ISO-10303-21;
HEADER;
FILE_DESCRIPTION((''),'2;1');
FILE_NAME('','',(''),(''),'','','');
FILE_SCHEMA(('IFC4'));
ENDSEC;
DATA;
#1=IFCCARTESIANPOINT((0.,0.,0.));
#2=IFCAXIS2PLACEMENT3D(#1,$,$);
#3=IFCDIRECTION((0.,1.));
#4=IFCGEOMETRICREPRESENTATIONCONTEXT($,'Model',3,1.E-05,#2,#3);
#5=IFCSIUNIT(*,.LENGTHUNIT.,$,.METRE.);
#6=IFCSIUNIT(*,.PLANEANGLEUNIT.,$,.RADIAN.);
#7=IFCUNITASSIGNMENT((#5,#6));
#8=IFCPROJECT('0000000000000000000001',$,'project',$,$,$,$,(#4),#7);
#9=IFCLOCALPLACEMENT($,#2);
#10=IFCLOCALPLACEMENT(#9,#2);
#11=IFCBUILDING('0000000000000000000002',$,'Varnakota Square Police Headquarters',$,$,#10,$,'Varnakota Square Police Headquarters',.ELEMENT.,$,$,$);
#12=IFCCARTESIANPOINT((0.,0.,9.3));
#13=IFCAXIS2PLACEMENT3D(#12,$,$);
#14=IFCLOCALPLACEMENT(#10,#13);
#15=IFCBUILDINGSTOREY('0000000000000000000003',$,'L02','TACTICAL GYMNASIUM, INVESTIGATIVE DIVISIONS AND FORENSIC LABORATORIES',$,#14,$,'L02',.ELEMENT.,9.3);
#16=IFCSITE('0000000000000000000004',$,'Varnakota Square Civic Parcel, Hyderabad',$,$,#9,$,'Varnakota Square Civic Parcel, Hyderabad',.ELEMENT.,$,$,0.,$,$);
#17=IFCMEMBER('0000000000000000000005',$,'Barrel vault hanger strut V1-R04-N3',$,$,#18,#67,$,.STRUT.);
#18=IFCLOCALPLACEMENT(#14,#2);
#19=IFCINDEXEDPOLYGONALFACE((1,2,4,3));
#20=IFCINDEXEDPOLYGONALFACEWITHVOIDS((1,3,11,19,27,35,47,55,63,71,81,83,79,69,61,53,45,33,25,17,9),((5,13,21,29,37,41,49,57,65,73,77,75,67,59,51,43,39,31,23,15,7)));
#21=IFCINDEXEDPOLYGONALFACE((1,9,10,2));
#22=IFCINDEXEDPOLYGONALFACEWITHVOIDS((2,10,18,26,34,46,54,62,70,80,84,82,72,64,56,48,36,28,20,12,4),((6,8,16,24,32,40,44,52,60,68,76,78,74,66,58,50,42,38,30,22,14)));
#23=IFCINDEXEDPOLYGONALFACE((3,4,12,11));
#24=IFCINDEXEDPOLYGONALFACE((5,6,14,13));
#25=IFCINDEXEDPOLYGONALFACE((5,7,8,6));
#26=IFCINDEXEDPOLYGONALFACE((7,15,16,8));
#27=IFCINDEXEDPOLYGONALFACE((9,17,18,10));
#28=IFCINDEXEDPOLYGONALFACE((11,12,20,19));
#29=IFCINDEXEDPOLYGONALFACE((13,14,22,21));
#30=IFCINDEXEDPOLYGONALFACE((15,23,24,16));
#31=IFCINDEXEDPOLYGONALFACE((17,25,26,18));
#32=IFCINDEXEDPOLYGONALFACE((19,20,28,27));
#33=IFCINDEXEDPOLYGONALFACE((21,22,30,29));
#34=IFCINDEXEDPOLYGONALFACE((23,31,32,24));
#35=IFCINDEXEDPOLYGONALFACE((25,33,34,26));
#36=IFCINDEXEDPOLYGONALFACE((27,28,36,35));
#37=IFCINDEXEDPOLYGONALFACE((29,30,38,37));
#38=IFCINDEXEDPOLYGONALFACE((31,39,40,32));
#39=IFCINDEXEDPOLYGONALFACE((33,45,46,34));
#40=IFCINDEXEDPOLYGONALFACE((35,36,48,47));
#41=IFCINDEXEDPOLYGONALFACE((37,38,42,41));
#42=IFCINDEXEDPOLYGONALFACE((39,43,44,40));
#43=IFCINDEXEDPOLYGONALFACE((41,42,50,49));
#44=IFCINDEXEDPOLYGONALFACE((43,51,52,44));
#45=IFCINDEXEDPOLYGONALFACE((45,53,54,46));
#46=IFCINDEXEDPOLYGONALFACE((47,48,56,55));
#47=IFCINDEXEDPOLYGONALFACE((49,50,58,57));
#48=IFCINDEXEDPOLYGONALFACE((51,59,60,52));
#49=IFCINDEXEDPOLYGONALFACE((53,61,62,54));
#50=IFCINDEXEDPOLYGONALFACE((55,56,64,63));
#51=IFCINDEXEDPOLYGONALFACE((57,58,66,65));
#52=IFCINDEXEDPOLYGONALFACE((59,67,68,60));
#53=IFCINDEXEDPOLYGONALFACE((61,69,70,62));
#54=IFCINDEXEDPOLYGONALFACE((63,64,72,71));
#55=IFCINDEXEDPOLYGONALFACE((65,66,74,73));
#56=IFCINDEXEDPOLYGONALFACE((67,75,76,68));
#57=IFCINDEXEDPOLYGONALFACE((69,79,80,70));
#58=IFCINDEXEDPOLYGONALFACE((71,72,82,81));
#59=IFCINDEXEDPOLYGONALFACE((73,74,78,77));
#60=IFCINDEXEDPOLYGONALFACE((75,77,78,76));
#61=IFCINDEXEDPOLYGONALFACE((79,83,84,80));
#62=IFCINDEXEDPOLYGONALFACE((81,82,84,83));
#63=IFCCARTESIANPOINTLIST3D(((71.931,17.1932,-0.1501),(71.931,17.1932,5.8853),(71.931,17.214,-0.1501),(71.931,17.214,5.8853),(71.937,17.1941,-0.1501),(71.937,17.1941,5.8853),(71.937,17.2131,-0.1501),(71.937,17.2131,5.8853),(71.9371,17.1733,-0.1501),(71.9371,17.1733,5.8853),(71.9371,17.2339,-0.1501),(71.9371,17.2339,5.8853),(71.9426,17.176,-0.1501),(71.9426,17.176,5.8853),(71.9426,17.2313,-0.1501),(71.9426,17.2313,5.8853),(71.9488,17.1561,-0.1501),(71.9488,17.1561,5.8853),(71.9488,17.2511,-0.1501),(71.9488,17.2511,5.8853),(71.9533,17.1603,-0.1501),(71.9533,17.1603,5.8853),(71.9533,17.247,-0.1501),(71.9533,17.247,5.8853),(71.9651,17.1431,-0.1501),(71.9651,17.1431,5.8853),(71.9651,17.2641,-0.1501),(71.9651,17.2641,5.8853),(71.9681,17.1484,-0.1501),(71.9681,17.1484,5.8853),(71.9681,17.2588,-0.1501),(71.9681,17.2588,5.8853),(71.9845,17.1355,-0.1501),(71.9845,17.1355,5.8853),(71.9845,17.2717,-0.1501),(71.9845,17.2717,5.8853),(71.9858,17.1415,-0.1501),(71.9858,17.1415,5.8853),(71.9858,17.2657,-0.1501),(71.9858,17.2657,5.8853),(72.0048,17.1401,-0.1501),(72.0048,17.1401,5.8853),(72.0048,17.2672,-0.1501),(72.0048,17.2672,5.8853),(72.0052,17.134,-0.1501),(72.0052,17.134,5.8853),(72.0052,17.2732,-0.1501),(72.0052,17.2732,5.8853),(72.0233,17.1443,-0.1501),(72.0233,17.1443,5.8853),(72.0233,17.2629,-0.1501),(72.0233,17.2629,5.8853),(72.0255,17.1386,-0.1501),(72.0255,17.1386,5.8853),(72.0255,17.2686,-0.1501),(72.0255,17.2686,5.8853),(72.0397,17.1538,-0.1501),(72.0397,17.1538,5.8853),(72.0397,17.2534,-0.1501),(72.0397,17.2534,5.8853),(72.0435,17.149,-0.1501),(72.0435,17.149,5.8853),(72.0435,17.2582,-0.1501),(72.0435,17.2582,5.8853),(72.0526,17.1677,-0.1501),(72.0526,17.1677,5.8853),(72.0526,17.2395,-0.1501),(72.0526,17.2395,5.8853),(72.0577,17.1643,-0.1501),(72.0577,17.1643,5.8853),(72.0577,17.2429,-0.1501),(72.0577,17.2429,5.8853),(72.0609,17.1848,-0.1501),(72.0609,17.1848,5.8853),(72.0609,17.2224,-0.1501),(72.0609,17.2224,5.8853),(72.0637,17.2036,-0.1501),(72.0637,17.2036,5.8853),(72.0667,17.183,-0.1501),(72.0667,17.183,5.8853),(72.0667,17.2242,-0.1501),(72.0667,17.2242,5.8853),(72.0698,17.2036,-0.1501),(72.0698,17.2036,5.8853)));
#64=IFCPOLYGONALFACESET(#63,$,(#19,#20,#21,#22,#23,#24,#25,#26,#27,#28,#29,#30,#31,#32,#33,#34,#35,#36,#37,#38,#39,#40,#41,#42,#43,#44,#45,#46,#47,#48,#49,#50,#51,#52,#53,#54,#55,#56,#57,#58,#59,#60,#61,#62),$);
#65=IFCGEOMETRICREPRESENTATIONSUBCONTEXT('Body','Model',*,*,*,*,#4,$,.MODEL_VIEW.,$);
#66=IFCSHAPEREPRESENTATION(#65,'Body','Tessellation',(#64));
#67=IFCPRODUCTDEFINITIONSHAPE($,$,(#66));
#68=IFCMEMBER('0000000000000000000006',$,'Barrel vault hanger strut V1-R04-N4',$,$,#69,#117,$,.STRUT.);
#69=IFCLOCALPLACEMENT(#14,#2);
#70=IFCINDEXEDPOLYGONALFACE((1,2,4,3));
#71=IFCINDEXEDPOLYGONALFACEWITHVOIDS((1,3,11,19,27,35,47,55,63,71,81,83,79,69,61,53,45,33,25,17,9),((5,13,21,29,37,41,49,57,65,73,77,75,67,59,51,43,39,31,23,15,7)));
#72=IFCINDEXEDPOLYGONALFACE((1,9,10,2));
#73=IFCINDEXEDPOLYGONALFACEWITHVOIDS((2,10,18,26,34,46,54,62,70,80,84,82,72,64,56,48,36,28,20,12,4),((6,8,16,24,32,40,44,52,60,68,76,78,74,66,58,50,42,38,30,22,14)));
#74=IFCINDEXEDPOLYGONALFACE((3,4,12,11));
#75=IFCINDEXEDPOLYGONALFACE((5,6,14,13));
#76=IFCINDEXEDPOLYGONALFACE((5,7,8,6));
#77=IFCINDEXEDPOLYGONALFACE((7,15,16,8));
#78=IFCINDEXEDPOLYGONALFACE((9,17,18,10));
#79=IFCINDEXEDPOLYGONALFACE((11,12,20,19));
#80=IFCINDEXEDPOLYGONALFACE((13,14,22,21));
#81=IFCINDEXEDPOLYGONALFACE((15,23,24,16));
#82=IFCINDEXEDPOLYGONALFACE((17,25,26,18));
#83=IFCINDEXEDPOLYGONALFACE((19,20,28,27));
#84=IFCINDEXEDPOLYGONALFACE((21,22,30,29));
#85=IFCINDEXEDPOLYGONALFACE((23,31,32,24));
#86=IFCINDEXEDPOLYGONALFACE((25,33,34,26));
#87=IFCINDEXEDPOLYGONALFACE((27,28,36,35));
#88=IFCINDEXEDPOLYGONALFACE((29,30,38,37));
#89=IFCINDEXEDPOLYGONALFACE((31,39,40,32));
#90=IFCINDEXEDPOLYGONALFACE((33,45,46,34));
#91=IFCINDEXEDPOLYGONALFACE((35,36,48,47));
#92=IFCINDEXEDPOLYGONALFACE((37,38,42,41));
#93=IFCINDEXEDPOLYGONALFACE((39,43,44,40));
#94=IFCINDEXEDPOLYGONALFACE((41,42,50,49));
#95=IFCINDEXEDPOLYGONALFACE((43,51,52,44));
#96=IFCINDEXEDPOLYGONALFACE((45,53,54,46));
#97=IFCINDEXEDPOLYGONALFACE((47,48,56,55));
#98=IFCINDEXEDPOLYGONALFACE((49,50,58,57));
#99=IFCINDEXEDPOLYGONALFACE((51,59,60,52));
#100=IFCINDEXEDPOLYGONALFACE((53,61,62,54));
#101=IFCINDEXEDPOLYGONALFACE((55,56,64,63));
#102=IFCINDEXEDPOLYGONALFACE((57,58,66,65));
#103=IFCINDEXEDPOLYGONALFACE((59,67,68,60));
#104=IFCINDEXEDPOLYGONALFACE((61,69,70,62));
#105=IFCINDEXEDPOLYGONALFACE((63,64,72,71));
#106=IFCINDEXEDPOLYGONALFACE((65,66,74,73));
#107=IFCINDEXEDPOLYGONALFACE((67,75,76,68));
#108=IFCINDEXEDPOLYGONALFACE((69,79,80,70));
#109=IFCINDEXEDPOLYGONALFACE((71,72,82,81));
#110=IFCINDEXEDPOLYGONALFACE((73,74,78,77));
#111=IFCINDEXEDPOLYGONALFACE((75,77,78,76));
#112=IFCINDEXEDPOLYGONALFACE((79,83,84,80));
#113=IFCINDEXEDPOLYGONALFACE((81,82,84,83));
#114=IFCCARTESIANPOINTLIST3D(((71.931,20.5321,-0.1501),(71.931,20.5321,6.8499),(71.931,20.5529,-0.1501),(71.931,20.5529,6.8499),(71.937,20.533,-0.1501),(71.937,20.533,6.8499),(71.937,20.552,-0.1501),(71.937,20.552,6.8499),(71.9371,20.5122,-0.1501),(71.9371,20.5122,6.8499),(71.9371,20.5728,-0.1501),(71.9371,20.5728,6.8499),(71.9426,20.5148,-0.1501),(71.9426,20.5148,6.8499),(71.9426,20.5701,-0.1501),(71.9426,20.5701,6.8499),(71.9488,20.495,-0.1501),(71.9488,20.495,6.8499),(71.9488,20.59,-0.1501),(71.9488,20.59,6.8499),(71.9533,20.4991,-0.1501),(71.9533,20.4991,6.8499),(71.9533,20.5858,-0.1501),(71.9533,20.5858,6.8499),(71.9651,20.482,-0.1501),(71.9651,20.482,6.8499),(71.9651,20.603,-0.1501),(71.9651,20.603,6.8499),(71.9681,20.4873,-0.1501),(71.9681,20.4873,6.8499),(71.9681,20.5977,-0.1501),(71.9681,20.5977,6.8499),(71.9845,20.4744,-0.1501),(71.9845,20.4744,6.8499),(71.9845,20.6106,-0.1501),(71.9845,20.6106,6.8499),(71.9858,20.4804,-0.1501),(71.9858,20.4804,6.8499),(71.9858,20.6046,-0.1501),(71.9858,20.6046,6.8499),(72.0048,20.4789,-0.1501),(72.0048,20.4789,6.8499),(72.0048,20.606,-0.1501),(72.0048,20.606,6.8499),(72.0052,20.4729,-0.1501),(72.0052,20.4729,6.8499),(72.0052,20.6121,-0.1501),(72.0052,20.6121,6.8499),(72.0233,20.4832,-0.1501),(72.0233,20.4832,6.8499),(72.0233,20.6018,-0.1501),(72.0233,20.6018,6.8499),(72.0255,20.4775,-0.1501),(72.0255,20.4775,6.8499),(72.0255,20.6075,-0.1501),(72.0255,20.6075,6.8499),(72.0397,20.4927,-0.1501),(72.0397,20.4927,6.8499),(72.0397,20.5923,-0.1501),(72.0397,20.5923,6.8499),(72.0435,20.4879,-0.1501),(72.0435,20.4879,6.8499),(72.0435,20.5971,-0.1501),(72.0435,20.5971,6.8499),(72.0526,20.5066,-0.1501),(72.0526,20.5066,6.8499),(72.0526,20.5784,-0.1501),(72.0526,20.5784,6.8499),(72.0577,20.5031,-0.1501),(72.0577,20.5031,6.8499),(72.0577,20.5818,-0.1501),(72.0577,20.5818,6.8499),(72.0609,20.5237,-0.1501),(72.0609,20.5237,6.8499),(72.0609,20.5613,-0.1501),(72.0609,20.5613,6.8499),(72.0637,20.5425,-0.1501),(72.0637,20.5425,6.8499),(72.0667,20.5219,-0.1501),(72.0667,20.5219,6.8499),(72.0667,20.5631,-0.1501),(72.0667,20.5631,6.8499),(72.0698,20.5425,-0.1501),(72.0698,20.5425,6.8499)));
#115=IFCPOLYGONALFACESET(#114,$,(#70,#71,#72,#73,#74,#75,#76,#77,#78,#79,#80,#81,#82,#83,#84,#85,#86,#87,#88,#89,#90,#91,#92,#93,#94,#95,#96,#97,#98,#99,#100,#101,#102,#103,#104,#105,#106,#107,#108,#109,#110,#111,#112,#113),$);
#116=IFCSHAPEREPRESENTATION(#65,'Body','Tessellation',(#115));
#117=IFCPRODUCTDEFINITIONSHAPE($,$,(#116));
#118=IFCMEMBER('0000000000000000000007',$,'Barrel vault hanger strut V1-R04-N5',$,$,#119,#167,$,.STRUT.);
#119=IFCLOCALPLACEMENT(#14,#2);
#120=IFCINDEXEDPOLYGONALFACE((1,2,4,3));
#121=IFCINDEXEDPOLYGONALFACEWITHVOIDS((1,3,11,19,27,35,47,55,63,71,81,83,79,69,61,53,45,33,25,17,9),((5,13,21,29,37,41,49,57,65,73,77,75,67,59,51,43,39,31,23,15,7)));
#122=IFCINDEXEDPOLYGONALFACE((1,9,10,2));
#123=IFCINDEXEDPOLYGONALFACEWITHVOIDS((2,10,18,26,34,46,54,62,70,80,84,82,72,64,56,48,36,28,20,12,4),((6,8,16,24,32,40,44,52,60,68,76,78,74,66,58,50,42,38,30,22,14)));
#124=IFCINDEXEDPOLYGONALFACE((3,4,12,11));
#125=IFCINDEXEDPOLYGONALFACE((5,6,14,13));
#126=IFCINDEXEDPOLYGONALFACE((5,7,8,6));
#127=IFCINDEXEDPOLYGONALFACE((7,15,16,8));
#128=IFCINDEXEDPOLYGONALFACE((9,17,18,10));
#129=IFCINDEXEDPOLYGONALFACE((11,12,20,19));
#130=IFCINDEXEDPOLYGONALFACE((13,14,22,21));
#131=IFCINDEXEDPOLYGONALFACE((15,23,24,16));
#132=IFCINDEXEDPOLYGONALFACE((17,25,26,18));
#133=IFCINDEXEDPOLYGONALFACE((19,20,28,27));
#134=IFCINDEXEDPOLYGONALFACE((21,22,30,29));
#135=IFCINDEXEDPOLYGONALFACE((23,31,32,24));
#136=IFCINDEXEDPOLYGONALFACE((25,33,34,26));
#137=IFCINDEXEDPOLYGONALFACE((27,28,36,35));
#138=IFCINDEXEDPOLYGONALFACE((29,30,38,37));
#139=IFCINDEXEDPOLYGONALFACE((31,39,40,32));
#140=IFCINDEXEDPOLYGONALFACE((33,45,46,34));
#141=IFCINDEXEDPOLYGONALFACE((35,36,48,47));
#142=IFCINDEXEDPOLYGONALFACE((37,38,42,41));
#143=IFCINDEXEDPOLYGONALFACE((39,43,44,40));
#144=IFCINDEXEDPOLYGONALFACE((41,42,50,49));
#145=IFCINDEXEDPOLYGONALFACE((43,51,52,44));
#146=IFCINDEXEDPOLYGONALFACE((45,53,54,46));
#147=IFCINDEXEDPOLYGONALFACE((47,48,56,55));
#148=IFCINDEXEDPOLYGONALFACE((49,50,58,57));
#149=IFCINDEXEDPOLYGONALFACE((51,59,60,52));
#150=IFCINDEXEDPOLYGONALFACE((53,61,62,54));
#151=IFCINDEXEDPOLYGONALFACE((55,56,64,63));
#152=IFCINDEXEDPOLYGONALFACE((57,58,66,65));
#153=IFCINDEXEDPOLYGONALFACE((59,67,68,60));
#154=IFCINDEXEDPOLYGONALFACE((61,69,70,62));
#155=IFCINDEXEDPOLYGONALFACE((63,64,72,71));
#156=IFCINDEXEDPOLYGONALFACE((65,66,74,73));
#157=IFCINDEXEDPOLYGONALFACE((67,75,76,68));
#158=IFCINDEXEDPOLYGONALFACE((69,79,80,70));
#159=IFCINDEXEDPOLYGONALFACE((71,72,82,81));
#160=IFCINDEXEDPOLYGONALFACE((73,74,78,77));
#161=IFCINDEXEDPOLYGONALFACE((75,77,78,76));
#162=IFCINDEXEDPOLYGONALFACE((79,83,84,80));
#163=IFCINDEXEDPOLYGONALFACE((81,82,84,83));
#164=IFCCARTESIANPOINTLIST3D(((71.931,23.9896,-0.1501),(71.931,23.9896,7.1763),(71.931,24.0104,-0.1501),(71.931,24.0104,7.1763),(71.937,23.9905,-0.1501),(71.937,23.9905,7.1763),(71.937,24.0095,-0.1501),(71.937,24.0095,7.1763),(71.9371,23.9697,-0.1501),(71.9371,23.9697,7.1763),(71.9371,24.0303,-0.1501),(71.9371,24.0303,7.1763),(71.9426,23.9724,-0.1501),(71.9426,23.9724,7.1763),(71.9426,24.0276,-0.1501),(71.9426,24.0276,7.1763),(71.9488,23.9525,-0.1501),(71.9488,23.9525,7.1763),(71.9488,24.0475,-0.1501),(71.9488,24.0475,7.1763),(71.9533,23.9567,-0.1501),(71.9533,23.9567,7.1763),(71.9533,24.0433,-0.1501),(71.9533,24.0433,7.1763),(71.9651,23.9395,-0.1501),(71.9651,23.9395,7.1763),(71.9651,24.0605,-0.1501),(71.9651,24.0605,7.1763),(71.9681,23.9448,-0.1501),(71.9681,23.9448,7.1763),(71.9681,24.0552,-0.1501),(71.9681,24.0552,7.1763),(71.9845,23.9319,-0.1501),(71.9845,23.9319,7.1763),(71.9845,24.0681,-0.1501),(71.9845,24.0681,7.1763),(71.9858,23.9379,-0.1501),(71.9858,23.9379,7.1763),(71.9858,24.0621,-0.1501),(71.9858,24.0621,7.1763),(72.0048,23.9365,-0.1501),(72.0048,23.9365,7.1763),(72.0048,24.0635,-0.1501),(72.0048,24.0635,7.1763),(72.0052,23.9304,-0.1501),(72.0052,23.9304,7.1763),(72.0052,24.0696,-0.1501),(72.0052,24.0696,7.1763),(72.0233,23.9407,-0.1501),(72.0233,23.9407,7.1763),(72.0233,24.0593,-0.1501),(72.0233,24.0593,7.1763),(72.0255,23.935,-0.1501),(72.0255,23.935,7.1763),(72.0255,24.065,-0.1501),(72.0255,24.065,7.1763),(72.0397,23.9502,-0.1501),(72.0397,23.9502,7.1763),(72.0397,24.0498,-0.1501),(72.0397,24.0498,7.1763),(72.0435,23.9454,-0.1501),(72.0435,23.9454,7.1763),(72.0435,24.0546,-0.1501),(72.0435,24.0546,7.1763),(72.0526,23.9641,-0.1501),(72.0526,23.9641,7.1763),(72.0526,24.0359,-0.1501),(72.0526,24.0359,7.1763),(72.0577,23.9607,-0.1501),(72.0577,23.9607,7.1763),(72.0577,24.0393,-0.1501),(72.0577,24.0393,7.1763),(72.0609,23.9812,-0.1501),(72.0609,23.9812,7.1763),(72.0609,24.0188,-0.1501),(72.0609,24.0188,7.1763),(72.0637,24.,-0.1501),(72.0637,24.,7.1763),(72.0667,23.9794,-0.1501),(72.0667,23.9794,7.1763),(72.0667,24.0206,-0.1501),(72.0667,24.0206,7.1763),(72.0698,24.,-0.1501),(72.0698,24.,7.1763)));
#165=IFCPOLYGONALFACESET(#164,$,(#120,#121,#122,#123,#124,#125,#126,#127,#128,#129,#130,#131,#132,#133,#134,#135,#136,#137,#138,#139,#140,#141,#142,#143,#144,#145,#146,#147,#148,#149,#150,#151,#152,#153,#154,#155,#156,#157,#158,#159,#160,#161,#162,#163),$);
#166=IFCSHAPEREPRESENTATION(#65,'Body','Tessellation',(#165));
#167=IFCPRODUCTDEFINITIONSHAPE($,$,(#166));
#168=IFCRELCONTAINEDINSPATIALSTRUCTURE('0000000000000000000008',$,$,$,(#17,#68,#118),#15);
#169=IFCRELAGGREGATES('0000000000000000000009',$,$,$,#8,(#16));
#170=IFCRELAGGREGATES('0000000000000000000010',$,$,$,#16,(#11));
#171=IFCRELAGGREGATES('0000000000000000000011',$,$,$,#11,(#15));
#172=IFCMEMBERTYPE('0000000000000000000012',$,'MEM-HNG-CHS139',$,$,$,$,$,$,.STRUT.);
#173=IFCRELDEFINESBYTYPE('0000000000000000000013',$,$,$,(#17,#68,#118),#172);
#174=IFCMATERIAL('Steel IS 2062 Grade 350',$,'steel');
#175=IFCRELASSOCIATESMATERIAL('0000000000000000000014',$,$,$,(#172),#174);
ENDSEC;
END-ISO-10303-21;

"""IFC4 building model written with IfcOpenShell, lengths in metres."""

from ifc_helpers import new_model, si_unit, direction, frame, origin, origin_2d, place, context, subcontext, project, spatial, hollow_circle, extrude, material, material_profile, profile_set, type_object, element, save


model = new_model("IFC4")

# Units and contexts
model_context = context("Model", 3, precision=1e-05, world=origin(), true_north=direction((0.0, 1.0)))
body_context = subcontext(model_context, "Body", "Model", "MODEL_VIEW")
ifc_project = project(units=[si_unit("LENGTHUNIT", "METRE"), si_unit("PLANEANGLEUNIT", "RADIAN")], contexts=[model_context])

# Site, building, storey
site_placement = place(None, origin())
site = spatial("IfcSite", under=ifc_project, at=site_placement, Name="Varnakota Square Civic Parcel, Hyderabad", LongName="Varnakota Square Civic Parcel, Hyderabad", CompositionType="ELEMENT", RefElevation=0.0)
building_placement = place(site_placement, origin())
building = spatial("IfcBuilding", under=site, at=building_placement, Name="Varnakota Square Police Headquarters", LongName="Varnakota Square Police Headquarters", CompositionType="ELEMENT")
storey_placement = place(building_placement, frame((0.0, 0.0, 9.3)))
storey = spatial("IfcBuildingStorey", under=building, at=storey_placement, Name="L02", Description="TACTICAL GYMNASIUM, INVESTIGATIVE DIVISIONS AND FORENSIC LABORATORIES", LongName="L02", CompositionType="ELEMENT", Elevation=9.3)

# Shared definitions
ifc_material_1 = material(Name="Steel IS 2062 Grade 350", Category="steel")

# Members
ifc_material_profile_1 = material_profile(ifc_material_1, hollow_circle(Radius=0.0698, WallThickness=0.0061, at=origin_2d()), Name="CHS 139.7x6.0")
ifc_profile_set_1 = profile_set([ifc_material_profile_1], Name="Steel IS 2062 Grade 350")
member_type_1 = type_object("IfcMemberType", Name="MEM-HNG-CHS139", PredefinedType="STRUT", material=ifc_profile_set_1)
member_1_placement = place(storey_placement, frame((72.0, 17.2036, -0.1501), z_axis=(0.0, 0.0, 1.0), x_axis=(1.0, 0.0, 0.0)))
element("IfcMember", 1, at=member_1_placement, inside=storey, type_object=member_type_1, Name="Barrel vault hanger strut V1-R04-N3", PredefinedType="STRUT", context=body_context, shape_type="SweptSolid", body=[
    extrude(hollow_circle(Radius=0.0698, WallThickness=0.0061, at=origin_2d()), origin(), (0.0, 0.0, 1.0), 6.0354),
])
member_2_placement = place(storey_placement, frame((72.0, 20.5425, -0.1501), z_axis=(0.0, 0.0, 1.0), x_axis=(1.0, 0.0, 0.0)))
element("IfcMember", 2, at=member_2_placement, inside=storey, type_object=member_type_1, Name="Barrel vault hanger strut V1-R04-N4", PredefinedType="STRUT", context=body_context, shape_type="SweptSolid", body=[
    extrude(hollow_circle(Radius=0.0698, WallThickness=0.0061, at=origin_2d()), origin(), (0.0, 0.0, 1.0), 7.0),
])
member_3_placement = place(storey_placement, frame((72.0, 24.0, -0.1501), z_axis=(0.0, 0.0, 1.0), x_axis=(1.0, 0.0, 0.0)))
element("IfcMember", 3, at=member_3_placement, inside=storey, type_object=member_type_1, Name="Barrel vault hanger strut V1-R04-N5", PredefinedType="STRUT", context=body_context, shape_type="SweptSolid", body=[
    extrude(hollow_circle(Radius=0.0698, WallThickness=0.0061, at=origin_2d()), origin(), (0.0, 0.0, 1.0), 7.3264),
])

save(model, "model.ifc")
